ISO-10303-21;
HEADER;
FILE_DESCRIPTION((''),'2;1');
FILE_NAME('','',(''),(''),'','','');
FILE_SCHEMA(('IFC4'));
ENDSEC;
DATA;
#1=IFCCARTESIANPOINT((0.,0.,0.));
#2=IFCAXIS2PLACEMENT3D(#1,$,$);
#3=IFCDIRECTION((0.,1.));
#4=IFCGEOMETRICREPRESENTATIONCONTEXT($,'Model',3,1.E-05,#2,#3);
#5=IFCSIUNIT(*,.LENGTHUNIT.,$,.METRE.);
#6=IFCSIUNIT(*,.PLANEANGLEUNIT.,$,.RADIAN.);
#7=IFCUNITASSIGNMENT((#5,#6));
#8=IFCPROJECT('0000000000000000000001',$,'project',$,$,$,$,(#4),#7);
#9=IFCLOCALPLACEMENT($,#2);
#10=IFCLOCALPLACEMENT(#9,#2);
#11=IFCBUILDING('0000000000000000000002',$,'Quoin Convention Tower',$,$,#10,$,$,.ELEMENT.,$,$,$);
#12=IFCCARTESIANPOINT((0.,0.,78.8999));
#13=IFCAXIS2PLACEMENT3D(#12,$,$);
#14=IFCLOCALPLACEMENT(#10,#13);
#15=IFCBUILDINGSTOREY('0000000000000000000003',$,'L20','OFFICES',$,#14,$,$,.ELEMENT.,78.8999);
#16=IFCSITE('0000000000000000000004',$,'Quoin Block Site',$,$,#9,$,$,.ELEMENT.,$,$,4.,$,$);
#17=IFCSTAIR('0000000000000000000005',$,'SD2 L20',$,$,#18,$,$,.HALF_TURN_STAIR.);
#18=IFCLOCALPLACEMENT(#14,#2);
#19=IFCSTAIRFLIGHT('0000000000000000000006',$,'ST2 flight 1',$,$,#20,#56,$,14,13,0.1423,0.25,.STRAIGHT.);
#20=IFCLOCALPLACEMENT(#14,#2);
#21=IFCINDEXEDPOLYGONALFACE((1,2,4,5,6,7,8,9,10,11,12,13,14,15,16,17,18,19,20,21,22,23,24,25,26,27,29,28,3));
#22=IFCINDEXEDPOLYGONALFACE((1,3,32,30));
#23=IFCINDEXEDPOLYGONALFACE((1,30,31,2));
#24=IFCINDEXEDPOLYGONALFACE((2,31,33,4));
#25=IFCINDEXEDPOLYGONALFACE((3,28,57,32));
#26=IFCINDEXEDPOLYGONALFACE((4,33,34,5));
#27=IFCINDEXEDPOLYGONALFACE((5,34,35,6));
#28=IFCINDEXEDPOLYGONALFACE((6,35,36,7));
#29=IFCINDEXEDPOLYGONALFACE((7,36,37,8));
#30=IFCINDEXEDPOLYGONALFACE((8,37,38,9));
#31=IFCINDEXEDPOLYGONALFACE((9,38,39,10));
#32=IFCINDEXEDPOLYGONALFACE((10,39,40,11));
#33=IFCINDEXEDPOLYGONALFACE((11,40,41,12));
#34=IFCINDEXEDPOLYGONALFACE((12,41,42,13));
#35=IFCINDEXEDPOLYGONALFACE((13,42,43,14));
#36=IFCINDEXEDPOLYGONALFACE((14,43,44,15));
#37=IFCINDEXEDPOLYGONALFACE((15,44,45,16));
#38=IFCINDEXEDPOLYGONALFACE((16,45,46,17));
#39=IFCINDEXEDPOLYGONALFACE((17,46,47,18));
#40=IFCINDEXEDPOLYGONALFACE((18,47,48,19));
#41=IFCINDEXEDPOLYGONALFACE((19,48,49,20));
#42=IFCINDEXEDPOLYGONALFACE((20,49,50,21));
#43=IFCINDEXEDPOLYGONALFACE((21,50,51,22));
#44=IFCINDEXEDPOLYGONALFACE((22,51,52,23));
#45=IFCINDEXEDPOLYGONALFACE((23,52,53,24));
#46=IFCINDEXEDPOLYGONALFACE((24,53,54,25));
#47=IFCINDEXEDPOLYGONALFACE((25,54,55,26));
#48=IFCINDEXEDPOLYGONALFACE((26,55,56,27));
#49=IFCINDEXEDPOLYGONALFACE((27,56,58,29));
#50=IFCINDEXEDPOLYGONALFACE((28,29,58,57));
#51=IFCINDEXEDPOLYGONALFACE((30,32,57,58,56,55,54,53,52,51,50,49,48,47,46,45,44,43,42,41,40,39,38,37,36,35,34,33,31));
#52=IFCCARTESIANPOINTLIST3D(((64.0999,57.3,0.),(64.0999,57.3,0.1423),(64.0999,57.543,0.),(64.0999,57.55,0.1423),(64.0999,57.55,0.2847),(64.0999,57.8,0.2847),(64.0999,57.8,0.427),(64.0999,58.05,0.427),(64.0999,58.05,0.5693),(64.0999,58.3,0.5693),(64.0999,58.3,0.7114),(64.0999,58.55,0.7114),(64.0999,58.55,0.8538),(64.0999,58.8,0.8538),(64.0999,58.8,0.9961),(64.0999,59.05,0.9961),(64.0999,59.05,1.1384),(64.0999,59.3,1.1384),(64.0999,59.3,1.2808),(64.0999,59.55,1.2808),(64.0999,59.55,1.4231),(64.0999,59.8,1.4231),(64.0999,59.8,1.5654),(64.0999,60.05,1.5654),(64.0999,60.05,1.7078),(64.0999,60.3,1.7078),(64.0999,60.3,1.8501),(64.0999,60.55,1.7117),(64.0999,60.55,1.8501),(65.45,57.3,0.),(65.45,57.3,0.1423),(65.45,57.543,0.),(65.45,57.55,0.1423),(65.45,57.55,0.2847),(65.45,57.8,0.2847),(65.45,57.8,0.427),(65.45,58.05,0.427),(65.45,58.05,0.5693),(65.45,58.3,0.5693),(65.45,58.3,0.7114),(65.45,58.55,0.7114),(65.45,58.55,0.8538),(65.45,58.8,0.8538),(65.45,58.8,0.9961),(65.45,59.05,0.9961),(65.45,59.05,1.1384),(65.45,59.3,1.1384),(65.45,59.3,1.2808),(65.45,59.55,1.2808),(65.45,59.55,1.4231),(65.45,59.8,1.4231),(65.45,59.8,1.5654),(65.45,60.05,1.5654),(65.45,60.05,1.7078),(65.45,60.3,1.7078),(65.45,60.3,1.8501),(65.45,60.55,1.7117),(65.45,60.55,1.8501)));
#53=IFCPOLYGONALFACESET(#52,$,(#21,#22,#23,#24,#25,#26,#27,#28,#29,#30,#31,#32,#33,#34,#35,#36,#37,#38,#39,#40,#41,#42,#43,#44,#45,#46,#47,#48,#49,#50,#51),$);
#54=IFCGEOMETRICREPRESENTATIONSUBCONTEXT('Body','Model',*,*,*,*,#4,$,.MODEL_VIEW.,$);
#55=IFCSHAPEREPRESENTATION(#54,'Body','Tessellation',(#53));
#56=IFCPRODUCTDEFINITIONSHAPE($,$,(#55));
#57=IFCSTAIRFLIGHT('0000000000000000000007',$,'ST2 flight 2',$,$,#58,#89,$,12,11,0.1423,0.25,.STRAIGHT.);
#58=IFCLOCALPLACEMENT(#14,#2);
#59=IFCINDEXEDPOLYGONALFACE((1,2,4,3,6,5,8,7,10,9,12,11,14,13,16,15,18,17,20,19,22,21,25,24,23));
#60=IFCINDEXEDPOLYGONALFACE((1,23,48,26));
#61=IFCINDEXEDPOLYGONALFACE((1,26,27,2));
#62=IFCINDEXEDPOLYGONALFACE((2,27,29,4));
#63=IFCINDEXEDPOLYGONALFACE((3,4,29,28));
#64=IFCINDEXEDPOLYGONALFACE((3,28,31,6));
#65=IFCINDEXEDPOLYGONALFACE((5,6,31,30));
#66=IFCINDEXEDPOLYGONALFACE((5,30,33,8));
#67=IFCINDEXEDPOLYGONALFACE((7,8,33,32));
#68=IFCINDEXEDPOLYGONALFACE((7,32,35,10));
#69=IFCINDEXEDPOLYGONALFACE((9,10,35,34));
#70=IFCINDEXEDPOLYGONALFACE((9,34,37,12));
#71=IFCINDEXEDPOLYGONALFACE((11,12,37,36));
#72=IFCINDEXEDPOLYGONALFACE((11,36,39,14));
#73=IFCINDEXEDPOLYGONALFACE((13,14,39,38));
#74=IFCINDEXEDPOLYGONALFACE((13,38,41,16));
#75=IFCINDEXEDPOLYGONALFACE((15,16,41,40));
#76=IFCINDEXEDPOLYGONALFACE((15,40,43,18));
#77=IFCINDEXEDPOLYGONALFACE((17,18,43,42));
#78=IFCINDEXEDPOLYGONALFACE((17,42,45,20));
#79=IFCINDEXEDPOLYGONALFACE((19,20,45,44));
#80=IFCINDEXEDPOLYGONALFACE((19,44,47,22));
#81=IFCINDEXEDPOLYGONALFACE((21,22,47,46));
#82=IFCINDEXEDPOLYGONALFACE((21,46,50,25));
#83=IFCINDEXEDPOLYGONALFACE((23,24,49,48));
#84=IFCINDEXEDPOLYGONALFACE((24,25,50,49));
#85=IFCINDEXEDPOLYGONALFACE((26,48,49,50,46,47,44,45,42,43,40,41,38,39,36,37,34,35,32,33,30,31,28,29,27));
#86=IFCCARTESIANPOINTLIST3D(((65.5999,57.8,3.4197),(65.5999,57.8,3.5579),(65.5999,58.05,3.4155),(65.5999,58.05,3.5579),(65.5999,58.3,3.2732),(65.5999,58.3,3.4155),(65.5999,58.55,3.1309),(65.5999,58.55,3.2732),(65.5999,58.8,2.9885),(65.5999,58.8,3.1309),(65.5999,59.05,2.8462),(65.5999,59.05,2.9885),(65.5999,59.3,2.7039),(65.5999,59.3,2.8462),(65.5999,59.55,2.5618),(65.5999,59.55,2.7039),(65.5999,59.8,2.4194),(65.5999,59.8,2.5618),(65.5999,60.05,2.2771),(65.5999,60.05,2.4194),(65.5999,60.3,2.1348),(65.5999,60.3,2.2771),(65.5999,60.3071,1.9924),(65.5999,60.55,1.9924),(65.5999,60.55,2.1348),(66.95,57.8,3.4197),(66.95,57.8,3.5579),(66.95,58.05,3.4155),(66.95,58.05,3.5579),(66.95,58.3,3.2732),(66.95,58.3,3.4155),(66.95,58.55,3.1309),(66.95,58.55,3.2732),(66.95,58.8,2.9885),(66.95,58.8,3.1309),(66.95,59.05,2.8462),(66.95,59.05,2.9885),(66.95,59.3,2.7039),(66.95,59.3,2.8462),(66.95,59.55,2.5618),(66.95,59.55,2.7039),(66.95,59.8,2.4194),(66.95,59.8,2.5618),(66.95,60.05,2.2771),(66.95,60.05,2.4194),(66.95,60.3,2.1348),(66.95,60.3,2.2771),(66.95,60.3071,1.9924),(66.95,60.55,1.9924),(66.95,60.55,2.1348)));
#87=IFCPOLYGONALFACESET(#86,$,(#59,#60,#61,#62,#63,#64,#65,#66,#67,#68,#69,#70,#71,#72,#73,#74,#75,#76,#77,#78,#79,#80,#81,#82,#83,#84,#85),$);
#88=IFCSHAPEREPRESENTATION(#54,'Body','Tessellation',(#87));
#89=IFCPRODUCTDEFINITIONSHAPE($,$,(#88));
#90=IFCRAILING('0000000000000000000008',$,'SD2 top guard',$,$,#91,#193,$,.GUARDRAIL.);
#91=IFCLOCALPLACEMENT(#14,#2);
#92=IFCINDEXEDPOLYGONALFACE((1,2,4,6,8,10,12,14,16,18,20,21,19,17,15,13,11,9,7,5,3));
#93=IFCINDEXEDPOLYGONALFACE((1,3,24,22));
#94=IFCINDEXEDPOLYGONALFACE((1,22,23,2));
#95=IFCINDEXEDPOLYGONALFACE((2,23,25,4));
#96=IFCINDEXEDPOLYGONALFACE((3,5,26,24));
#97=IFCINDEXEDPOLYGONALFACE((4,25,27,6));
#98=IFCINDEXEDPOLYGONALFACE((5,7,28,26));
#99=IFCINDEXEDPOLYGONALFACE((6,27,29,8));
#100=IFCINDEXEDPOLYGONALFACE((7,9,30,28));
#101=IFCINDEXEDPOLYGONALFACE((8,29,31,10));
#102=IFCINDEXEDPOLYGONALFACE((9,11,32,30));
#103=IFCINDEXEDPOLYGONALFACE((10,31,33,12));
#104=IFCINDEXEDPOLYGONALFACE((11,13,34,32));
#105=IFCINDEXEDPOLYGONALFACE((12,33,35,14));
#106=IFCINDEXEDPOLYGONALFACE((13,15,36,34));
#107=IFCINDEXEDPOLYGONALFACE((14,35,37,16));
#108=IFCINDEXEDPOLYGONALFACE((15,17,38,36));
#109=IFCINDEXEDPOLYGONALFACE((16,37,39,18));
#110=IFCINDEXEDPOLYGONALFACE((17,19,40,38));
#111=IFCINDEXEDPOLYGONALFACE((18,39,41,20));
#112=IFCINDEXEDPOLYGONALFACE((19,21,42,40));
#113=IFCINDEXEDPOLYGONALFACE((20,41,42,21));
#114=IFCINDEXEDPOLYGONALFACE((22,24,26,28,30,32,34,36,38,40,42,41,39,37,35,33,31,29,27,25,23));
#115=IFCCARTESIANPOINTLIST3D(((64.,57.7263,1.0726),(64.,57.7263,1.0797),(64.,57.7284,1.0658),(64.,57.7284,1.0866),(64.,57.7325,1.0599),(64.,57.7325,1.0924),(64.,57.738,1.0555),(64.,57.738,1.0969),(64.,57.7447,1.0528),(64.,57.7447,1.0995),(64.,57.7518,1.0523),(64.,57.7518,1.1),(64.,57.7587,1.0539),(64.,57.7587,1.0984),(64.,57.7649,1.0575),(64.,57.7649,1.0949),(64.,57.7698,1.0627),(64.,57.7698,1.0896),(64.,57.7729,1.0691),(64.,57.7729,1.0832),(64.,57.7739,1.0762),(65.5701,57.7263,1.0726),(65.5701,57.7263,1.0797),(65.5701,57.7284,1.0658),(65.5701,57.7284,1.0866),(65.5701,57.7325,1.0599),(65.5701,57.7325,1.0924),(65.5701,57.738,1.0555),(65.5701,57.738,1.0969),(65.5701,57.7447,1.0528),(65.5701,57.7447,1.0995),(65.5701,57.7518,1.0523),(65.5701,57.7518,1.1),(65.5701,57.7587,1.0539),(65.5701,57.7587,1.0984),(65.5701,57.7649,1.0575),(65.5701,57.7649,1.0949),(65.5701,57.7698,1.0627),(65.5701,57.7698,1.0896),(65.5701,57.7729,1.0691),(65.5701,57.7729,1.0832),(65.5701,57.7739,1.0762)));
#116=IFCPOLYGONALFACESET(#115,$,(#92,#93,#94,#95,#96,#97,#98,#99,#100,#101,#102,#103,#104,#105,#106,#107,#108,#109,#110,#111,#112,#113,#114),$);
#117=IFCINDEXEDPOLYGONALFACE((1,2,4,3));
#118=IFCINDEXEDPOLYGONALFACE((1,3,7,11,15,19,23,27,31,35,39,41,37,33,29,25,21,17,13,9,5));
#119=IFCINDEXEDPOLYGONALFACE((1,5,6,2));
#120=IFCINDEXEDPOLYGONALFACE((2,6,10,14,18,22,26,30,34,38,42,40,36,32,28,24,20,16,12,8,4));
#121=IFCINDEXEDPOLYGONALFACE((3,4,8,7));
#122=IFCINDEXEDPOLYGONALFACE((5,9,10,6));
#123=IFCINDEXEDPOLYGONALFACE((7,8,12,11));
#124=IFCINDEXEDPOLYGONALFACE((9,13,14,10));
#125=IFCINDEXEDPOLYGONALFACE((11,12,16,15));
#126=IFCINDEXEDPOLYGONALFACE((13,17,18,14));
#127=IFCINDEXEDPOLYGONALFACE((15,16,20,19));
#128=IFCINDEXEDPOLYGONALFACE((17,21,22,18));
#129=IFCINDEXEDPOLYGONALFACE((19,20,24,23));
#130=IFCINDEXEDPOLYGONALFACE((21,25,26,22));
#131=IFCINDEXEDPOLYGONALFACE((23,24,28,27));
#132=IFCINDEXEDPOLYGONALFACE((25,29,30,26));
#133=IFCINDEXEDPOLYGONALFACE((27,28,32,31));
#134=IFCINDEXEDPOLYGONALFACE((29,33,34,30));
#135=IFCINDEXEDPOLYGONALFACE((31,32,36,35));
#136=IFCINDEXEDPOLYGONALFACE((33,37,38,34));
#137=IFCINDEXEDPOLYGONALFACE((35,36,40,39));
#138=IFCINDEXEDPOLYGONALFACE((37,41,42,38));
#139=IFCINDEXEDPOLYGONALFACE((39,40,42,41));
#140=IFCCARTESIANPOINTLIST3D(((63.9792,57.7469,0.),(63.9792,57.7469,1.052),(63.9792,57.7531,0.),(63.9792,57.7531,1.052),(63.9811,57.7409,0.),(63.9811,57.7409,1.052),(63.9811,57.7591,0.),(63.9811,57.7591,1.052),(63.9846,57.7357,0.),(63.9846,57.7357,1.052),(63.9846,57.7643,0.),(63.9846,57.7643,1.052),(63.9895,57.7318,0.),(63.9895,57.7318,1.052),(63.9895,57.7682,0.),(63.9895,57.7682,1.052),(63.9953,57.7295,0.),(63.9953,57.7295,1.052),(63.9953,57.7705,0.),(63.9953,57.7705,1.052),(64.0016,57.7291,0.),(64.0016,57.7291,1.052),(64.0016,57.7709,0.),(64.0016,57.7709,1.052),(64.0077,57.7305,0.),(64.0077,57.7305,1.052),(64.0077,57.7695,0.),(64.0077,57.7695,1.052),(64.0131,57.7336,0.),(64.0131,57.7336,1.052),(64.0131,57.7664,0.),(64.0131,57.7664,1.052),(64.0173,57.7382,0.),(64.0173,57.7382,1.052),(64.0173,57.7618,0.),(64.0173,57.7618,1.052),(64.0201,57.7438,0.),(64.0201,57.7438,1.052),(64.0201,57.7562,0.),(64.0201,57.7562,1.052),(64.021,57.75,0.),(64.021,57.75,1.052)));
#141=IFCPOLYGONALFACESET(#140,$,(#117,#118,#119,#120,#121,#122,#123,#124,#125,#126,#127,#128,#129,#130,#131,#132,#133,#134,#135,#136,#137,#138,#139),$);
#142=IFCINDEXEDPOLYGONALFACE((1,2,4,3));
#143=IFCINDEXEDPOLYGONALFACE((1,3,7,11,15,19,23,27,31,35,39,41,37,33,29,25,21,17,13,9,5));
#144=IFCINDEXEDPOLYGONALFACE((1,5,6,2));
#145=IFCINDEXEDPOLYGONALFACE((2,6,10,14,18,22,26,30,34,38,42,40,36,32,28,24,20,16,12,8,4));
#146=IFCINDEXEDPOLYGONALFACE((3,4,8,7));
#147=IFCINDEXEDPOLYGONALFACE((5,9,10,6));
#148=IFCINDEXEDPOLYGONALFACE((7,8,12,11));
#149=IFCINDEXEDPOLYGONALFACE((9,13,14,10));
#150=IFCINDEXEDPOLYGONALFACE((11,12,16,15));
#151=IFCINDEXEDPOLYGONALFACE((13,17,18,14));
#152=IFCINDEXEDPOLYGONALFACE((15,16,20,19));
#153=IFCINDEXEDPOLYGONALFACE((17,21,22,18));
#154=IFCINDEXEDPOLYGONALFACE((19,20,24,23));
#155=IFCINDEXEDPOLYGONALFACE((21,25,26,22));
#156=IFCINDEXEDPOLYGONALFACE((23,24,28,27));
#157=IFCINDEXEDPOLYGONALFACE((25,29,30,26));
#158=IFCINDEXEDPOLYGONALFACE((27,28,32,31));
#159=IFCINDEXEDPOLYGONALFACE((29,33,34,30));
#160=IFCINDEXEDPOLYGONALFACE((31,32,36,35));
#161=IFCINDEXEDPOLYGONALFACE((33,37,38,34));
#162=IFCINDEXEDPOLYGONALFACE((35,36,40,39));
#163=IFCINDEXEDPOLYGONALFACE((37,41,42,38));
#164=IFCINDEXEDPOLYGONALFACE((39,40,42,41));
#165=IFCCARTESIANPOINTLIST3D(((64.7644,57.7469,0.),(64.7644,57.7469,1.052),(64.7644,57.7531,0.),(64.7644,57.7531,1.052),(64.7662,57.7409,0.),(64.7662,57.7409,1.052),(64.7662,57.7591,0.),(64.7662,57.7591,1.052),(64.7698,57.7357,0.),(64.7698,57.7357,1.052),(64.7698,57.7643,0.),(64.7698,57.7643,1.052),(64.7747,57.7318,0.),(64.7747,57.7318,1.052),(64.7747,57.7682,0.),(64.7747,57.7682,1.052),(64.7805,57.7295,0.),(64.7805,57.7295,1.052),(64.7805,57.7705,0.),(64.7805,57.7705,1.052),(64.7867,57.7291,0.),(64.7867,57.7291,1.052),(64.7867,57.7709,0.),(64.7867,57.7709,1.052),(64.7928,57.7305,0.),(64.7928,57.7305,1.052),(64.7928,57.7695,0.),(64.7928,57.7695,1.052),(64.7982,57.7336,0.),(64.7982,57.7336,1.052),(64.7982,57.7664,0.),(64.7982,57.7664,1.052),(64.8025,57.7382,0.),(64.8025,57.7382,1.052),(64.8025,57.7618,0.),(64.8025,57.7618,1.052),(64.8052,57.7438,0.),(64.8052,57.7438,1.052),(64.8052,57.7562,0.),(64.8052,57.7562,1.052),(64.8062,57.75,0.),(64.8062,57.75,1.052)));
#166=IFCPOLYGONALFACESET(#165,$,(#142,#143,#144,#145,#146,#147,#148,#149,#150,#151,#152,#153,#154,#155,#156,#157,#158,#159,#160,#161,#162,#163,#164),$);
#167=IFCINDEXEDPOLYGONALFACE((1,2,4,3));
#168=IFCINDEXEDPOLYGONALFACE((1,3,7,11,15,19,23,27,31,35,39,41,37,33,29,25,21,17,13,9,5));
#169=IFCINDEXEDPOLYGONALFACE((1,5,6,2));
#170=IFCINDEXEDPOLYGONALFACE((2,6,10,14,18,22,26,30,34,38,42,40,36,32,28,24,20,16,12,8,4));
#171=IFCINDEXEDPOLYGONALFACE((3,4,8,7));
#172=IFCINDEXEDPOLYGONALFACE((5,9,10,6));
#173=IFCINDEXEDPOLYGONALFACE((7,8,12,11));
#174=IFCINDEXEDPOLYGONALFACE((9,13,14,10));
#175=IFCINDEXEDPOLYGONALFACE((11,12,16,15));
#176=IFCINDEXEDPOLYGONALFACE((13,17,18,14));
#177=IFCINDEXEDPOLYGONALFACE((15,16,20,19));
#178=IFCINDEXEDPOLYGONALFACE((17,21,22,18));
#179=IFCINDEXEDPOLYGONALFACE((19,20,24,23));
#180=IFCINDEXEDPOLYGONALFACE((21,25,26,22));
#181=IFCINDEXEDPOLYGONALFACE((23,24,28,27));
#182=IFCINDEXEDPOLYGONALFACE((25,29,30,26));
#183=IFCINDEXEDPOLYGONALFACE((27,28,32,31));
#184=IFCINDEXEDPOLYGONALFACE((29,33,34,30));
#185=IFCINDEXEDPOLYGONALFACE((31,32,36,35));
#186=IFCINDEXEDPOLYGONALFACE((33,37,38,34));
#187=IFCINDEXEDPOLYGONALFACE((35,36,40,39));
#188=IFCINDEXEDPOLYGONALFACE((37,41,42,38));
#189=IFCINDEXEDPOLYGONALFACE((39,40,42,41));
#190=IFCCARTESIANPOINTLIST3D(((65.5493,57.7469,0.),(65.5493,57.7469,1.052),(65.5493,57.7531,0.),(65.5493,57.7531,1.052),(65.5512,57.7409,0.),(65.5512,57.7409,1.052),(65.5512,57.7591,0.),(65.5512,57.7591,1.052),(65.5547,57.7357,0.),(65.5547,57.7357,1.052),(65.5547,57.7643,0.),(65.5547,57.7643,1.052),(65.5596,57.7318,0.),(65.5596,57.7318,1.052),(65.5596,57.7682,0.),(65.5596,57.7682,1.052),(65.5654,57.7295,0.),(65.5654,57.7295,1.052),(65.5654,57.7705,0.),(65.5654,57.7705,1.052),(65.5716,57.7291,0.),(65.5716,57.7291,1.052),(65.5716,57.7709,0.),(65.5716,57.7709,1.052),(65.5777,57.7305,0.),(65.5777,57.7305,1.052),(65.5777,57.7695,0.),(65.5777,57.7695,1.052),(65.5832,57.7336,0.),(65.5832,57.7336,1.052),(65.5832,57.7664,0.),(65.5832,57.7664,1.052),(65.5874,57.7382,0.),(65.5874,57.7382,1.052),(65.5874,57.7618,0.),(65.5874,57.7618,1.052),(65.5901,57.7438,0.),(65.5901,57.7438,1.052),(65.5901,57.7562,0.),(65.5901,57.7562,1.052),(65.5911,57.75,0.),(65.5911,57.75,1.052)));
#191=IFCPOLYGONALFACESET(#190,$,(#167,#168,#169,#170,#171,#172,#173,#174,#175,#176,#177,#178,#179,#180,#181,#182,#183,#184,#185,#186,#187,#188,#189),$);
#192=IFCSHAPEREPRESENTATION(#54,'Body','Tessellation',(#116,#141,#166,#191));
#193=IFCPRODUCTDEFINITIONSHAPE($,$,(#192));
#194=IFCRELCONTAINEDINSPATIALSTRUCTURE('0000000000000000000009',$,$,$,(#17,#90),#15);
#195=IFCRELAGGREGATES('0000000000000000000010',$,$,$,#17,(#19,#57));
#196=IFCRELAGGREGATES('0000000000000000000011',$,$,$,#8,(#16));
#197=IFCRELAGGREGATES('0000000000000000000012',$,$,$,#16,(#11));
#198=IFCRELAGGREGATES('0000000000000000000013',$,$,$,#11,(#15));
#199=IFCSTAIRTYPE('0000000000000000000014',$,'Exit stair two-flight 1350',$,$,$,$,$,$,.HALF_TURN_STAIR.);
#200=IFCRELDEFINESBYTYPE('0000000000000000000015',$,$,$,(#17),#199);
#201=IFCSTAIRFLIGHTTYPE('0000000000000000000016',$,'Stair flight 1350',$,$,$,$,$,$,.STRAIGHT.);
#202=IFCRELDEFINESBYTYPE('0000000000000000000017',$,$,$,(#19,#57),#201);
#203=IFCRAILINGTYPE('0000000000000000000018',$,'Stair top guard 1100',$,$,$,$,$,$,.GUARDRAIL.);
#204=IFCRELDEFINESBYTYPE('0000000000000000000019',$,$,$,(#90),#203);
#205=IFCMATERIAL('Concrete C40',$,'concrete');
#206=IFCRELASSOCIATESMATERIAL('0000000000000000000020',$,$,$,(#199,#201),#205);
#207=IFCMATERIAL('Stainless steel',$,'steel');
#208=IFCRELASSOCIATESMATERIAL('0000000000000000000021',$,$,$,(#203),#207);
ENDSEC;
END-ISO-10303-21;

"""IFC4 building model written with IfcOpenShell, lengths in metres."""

from ifc_helpers import new_model, si_unit, direction, frame, origin, origin_2d, place, context, subcontext, project, spatial, polyline, circle, outline, extrude, material, type_object, element, aggregate, save


model = new_model("IFC4")

# Units and contexts
model_context = context("Model", 3, precision=1e-05, world=origin(), true_north=direction((0.0, 1.0)))
body_context = subcontext(model_context, "Body", "Model", "MODEL_VIEW")
ifc_project = project(units=[si_unit("LENGTHUNIT", "METRE"), si_unit("PLANEANGLEUNIT", "RADIAN")], contexts=[model_context])

# Site, building, storey
site_placement = place(None, origin())
site = spatial("IfcSite", under=ifc_project, at=site_placement, Name="Quoin Block Site", CompositionType="ELEMENT", RefElevation=4.0)
building_placement = place(site_placement, origin())
building = spatial("IfcBuilding", under=site, at=building_placement, Name="Quoin Convention Tower", CompositionType="ELEMENT")
storey_placement = place(building_placement, frame((0.0, 0.0, 78.8999)))
storey = spatial("IfcBuildingStorey", under=building, at=storey_placement, Name="L20", Description="OFFICES", CompositionType="ELEMENT", Elevation=78.8999)

# Stair, stair flights
ifc_material_1 = material(Name="Concrete C40", Category="concrete")
stair_type = type_object("IfcStairType", Name="Exit stair two-flight 1350", PredefinedType="HALF_TURN_STAIR", material=ifc_material_1)
stair_placement = place(storey_placement, origin())
stair = element("IfcStair", 1, at=stair_placement, inside=storey, type_object=stair_type, Name="SD2 L20", PredefinedType="HALF_TURN_STAIR")
stair_flight_type = type_object("IfcStairFlightType", Name="Stair flight 1350", PredefinedType="STRAIGHT", material=ifc_material_1)
stair_flight_1_placement = place(storey_placement, frame((64.7749, 57.3, 0.0), z_axis=(0.0, 0.0, 1.0), x_axis=(0.0, 1.0, 0.0)))
stair_flight_1 = element("IfcStairFlight", 2, at=stair_flight_1_placement, type_object=stair_flight_type, Name="ST2 flight 1", NumberOfRisers=14, NumberOfTreads=13, PredefinedType="STRAIGHT", RiserHeight=0.1423, TreadLength=0.25, context=body_context, shape_type="SweptSolid", body=[
    extrude(outline(polyline([(0.0, 0.0), (0.0, 0.1423), (0.25, 0.1423), (0.25, 0.2847), (0.5, 0.2847), (0.5, 0.427), (0.75, 0.427), (0.75, 0.5693), (1.0, 0.5693), (1.0, 0.7114), (1.25, 0.7114), (1.25, 0.8538), (1.5, 0.8538), (1.5, 0.9961), (1.75, 0.9961), (1.75, 1.1384), (2.0, 1.1384), (2.0, 1.2808), (2.25, 1.2808), (2.25, 1.4231), (2.5, 1.4231), (2.5, 1.5654), (2.75, 1.5654), (2.75, 1.7078), (3.0, 1.7078), (3.0, 1.8501), (3.25, 1.8501), (3.25, 1.9922), (3.25, 1.7117), (0.2429, 0.0), (0.0, 0.0)])), frame((0.0, 0.675, 0.0), z_axis=(0.0, -1.0, 0.0), x_axis=(1.0, 0.0, 0.0)), (0.0, 0.0, 1.0), 1.3501),
])
stair_flight_2_placement = place(storey_placement, frame((66.2749, 60.55, 1.9924), z_axis=(0.0, 0.0, 1.0), x_axis=(0.0, -1.0, 0.0)))
stair_flight_2 = element("IfcStairFlight", 3, at=stair_flight_2_placement, type_object=stair_flight_type, Name="ST2 flight 2", NumberOfRisers=12, NumberOfTreads=11, PredefinedType="STRAIGHT", RiserHeight=0.1423, TreadLength=0.25, context=body_context, shape_type="SweptSolid", body=[
    extrude(outline(polyline([(0.0, 0.0), (0.0, 0.1423), (0.25, 0.1423), (0.25, 0.2847), (0.5, 0.2847), (0.5, 0.427), (0.75, 0.427), (0.75, 0.5693), (1.0, 0.5693), (1.0, 0.7114), (1.25, 0.7114), (1.25, 0.8538), (1.5, 0.8538), (1.5, 0.9961), (1.75, 0.9961), (1.75, 1.1384), (2.0, 1.1384), (2.0, 1.2808), (2.25, 1.2808), (2.25, 1.4231), (2.5, 1.4231), (2.5, 1.5654), (2.75, 1.5654), (2.75, 1.7078), (2.75, 1.4272), (0.2429, 0.0), (0.0, 0.0)])), frame((0.0, 0.675, 0.0), z_axis=(0.0, -1.0, 0.0), x_axis=(1.0, 0.0, 0.0)), (0.0, 0.0, 1.0), 1.3501),
])
aggregate(stair, [stair_flight_1, stair_flight_2])

# Railing
ifc_material_2 = material(Name="Stainless steel", Category="steel")
railing_type_1 = type_object("IfcRailingType", Name="Stair top guard 1100", PredefinedType="GUARDRAIL", material=ifc_material_2)
railing_1_placement = place(storey_placement, frame((64.0, 57.75, 0.0)))
element("IfcRailing", 4, at=railing_1_placement, inside=storey, type_object=railing_type_1, Name="SD2 top guard", PredefinedType="GUARDRAIL", context=body_context, shape_type="SweptSolid", body=[
    extrude(circle(Radius=0.0239, at=origin_2d()), frame((0.0, 0.0, 1.0762), z_axis=(1.0, 0.0, 0.0), x_axis=(0.0, 1.0, 0.0)), (0.0, 0.0, 1.0), 1.5701),
    extrude(circle(Radius=0.021, at=origin_2d()), origin(), (0.0, 0.0, 1.0), 1.052),
    extrude(circle(Radius=0.021, at=origin_2d()), frame((0.7852, 0.0, 0.0)), (0.0, 0.0, 1.0), 1.052),
    extrude(circle(Radius=0.021, at=origin_2d()), frame((1.5701, 0.0, 0.0)), (0.0, 0.0, 1.0), 1.052),
])

save(model, "model.ifc")
